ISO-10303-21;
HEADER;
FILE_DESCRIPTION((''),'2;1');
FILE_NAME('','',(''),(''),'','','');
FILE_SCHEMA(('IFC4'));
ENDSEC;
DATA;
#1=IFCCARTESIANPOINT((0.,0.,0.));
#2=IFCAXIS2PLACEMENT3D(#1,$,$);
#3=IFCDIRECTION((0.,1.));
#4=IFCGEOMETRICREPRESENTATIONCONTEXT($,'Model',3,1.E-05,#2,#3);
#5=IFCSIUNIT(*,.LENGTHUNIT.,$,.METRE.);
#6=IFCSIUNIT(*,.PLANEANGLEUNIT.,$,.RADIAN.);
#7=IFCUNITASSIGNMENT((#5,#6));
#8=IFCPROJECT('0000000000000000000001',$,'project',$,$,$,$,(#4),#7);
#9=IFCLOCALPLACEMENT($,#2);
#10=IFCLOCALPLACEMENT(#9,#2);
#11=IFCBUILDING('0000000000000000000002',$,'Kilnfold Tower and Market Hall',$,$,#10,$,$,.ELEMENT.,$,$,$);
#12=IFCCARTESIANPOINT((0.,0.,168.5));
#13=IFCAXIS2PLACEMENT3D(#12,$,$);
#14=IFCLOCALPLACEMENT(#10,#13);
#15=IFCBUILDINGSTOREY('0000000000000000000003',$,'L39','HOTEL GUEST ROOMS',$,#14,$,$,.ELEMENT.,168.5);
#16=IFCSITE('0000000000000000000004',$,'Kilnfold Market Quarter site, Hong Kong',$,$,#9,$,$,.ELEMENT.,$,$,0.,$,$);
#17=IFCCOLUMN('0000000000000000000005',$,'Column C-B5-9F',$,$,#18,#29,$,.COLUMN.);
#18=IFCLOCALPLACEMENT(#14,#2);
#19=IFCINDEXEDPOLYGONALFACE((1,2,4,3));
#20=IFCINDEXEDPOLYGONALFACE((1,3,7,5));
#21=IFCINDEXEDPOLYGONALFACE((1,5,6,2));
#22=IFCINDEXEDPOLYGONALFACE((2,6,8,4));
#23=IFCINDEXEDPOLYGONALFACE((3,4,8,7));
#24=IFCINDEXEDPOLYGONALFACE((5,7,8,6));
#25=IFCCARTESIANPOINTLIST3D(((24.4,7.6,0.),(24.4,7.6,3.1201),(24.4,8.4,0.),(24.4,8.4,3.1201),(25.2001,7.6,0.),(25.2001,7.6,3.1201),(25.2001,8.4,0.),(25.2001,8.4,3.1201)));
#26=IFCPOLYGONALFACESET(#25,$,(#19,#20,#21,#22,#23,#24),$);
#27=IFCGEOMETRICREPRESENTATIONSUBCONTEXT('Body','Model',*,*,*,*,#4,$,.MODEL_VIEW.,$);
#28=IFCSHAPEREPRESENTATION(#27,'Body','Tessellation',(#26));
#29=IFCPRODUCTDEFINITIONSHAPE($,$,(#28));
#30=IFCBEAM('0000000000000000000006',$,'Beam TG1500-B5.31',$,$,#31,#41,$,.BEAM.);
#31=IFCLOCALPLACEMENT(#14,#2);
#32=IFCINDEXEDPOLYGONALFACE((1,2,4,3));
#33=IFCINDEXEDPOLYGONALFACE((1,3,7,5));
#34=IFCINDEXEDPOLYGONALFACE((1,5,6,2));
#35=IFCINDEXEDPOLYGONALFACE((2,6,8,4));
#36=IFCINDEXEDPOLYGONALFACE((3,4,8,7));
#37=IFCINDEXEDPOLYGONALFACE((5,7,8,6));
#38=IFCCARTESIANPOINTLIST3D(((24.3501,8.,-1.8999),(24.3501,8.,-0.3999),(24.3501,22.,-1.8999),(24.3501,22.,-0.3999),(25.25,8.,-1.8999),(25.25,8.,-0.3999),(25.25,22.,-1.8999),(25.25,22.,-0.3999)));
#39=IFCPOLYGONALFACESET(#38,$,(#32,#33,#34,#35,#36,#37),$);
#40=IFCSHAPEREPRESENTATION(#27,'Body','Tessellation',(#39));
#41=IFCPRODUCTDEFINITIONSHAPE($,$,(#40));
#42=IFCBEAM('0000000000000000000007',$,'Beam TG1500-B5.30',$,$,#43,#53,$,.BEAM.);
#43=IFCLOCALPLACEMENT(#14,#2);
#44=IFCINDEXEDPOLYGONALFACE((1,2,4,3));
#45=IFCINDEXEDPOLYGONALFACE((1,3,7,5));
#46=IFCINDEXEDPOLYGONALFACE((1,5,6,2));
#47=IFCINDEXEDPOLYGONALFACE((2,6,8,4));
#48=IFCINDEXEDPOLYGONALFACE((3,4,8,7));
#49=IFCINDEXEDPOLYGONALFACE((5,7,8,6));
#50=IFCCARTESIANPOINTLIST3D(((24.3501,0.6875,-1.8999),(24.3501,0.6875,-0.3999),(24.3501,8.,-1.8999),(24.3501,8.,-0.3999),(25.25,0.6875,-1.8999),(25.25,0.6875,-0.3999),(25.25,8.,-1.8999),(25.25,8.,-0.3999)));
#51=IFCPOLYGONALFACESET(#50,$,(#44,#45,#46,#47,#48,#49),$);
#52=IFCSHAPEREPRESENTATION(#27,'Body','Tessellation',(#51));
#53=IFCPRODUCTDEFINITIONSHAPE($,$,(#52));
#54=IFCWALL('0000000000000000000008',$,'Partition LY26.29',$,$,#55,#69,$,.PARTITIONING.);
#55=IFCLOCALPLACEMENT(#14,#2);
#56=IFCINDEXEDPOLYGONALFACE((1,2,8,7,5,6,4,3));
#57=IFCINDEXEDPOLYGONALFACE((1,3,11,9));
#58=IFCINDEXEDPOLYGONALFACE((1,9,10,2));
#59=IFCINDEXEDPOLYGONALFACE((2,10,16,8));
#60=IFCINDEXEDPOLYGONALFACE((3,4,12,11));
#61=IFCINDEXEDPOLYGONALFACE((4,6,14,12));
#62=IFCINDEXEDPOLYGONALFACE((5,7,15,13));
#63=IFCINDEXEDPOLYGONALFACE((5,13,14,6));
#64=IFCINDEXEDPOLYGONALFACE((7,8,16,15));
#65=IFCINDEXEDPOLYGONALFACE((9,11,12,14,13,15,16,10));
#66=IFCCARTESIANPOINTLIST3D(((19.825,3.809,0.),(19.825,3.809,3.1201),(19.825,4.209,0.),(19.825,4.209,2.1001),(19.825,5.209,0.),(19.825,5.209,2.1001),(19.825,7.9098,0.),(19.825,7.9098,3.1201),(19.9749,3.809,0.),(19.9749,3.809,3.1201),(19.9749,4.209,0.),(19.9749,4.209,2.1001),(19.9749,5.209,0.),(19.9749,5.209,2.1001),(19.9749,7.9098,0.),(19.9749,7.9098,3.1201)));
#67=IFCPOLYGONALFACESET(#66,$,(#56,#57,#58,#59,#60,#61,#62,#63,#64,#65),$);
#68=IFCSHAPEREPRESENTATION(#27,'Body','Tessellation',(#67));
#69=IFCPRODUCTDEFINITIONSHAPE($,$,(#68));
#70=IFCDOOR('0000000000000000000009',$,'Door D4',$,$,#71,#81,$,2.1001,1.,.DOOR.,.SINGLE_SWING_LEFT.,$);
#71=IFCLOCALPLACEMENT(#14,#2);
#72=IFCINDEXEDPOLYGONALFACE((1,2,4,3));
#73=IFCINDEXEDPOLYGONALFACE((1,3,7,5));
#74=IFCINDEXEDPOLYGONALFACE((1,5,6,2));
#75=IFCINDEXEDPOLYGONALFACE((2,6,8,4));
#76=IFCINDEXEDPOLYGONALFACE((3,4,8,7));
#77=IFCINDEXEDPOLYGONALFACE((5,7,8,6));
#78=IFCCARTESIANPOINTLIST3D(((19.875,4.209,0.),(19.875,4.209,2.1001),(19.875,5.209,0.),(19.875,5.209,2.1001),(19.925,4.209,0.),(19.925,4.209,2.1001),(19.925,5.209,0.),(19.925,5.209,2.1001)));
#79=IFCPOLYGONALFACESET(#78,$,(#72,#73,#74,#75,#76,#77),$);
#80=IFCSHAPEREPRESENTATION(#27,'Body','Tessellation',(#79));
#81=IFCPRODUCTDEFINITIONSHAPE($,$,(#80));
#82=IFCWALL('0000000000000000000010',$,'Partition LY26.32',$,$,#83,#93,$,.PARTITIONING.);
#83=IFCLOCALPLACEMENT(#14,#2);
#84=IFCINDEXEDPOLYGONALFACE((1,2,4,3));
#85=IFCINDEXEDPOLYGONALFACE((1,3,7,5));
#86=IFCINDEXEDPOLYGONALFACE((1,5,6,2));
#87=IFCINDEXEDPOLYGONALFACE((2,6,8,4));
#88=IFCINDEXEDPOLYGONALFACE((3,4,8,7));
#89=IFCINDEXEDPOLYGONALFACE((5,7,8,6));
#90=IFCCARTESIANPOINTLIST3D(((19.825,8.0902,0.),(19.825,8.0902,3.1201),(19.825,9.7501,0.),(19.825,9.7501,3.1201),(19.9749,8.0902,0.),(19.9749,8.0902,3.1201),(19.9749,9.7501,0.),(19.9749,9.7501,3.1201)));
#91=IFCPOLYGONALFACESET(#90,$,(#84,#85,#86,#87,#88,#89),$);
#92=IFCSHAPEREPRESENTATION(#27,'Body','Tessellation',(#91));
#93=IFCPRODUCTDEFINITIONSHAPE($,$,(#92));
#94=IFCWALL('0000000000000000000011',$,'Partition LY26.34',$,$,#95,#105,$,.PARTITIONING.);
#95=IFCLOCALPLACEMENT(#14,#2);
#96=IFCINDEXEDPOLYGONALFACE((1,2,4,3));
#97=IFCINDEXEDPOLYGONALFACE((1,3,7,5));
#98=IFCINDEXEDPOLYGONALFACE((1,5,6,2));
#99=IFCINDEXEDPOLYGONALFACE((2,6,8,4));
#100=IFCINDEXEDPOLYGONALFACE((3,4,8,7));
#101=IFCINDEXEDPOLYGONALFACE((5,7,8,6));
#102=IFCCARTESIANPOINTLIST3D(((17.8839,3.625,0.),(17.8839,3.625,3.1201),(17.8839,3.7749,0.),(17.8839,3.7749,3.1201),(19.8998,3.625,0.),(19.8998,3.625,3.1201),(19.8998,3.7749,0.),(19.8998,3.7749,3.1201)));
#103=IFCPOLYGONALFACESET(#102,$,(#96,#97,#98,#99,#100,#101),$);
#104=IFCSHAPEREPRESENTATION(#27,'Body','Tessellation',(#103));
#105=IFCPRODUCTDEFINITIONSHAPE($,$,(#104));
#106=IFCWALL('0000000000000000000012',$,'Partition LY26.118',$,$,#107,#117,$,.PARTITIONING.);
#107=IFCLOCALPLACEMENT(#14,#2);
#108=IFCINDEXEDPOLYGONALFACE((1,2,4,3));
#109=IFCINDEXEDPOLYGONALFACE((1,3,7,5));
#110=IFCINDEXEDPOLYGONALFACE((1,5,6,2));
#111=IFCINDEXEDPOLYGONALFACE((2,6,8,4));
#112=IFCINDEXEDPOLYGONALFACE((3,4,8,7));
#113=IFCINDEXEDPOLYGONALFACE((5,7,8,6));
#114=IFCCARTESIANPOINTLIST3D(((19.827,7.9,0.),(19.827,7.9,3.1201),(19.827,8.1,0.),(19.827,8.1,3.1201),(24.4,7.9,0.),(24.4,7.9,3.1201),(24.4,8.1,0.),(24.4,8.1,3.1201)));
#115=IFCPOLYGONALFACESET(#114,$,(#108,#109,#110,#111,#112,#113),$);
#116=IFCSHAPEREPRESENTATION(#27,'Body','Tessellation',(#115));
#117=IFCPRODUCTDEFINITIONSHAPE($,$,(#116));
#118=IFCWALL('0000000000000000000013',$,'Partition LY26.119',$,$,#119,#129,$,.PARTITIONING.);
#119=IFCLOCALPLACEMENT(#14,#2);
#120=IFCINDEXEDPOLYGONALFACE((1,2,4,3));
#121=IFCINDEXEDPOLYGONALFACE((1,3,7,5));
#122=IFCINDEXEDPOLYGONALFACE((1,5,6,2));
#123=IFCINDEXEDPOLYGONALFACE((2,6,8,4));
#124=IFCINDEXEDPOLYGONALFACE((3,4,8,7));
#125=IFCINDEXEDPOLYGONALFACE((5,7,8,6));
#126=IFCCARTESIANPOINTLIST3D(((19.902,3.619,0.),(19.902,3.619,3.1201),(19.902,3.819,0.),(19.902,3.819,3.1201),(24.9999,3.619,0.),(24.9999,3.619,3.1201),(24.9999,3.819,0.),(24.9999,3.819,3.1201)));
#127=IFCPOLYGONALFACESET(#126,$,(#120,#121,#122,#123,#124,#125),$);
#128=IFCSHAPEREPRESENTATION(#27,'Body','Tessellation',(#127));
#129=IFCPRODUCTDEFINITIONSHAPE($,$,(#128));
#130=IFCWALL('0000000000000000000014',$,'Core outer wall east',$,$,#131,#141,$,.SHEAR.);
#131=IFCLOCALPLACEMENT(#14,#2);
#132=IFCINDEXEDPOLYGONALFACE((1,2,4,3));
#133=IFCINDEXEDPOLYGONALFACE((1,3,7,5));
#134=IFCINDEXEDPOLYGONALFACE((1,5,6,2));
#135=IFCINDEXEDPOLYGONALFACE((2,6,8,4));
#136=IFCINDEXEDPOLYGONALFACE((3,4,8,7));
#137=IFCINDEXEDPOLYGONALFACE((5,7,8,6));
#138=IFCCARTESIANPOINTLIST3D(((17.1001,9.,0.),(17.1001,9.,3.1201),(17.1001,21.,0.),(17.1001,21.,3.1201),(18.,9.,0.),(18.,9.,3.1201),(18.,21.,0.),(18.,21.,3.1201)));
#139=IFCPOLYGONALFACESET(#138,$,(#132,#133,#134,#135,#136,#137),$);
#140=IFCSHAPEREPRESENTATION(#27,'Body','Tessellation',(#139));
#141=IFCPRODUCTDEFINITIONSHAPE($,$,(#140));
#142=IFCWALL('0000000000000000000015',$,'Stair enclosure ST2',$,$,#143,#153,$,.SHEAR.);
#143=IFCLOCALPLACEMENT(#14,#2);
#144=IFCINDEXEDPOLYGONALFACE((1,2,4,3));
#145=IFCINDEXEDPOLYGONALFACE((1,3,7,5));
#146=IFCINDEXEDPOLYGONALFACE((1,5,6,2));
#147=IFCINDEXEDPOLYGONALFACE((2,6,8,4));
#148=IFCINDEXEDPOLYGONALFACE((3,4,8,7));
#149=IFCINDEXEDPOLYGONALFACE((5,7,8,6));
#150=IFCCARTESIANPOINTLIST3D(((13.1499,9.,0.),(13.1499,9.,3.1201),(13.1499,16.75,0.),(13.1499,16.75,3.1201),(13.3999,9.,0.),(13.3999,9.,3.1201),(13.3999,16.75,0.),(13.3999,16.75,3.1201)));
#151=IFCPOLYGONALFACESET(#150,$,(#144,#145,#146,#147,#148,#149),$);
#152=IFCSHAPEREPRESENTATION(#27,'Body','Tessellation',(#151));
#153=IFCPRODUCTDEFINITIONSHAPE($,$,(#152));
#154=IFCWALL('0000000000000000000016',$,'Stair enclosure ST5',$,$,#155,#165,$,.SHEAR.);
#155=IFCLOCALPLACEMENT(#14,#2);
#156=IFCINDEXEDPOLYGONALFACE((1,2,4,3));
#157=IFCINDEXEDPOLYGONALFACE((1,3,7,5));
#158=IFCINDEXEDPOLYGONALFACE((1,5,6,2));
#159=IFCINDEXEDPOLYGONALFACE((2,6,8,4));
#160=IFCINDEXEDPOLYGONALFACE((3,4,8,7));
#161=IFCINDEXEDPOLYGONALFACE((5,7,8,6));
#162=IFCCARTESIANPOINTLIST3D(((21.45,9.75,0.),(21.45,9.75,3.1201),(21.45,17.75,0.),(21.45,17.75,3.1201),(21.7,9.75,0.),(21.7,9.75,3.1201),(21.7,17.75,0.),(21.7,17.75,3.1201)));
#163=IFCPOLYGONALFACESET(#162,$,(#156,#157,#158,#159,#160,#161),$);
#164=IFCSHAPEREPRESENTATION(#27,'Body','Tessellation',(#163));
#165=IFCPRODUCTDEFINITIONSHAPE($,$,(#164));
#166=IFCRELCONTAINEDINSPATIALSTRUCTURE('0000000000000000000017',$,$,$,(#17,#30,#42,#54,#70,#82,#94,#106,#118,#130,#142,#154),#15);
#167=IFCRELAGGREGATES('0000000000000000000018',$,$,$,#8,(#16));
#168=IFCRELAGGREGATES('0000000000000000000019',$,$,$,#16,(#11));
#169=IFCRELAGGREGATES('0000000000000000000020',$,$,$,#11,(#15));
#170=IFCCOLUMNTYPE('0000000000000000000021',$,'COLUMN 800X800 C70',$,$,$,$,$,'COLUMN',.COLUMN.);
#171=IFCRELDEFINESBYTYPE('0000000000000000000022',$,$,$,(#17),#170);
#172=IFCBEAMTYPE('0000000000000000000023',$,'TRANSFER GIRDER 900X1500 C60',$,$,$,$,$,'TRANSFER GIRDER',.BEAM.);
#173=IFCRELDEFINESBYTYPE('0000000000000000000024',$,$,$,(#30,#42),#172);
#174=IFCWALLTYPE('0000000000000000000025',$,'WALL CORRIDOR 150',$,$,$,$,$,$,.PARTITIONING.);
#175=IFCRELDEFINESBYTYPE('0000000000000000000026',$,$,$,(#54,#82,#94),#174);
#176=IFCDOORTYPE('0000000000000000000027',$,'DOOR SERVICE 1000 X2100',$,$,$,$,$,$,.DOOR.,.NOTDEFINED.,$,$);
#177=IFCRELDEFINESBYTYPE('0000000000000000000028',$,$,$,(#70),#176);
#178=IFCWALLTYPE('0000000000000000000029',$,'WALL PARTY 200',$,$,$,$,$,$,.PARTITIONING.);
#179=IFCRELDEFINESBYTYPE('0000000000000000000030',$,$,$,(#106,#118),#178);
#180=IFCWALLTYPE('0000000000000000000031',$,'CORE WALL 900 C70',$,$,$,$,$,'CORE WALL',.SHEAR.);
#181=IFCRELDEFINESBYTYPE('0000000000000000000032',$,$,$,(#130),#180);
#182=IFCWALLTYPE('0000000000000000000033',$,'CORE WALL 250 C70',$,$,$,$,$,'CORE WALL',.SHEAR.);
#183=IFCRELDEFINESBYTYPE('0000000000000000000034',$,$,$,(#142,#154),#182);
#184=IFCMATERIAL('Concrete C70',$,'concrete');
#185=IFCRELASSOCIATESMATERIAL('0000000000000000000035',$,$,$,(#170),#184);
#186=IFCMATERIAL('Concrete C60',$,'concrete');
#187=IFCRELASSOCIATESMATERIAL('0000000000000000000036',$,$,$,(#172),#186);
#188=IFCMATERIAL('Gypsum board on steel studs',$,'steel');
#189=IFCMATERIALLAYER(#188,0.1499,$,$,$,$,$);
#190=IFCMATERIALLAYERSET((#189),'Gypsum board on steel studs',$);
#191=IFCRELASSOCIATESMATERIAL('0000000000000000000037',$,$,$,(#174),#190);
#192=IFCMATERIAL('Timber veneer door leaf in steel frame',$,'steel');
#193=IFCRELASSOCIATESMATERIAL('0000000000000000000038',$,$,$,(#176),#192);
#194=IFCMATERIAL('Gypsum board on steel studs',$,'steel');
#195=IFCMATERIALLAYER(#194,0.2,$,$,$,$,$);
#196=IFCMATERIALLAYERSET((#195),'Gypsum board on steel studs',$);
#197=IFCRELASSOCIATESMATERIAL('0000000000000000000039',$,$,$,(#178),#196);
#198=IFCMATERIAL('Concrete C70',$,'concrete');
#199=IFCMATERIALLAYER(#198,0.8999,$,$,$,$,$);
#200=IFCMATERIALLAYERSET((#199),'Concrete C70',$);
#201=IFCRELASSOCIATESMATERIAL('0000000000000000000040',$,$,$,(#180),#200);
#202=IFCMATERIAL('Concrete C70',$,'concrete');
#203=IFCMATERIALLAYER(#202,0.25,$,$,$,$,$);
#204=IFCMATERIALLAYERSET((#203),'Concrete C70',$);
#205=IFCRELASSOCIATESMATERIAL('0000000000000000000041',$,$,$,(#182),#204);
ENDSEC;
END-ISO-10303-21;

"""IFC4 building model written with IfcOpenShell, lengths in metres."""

from ifc_helpers import new_model, si_unit, direction, frame, frame_2d, origin, origin_2d, place, context, subcontext, project, spatial, rectangle, extrude, source, transform, mapped, material, layer, layer_set, material_profile, profile_set, type_object, element, fill, save


model = new_model("IFC4")

# Units and contexts
model_context = context("Model", 3, precision=1e-05, world=origin(), true_north=direction((0.0, 1.0)))
body_context = subcontext(model_context, "Body", "Model", "MODEL_VIEW")
ifc_project = project(units=[si_unit("LENGTHUNIT", "METRE"), si_unit("PLANEANGLEUNIT", "RADIAN")], contexts=[model_context])

# Site, building, storey
site_placement = place(None, origin())
site = spatial("IfcSite", under=ifc_project, at=site_placement, Name="Kilnfold Market Quarter site, Hong Kong", CompositionType="ELEMENT", RefElevation=0.0)
building_placement = place(site_placement, origin())
building = spatial("IfcBuilding", under=site, at=building_placement, Name="Kilnfold Tower and Market Hall", CompositionType="ELEMENT")
storey_placement = place(building_placement, frame((0.0, 0.0, 168.5)))
storey = spatial("IfcBuildingStorey", under=building, at=storey_placement, Name="L39", Description="HOTEL GUEST ROOMS", CompositionType="ELEMENT", Elevation=168.5)

# Column
ifc_material_1 = material(Name="Concrete C70", Category="concrete")
ifc_material_profile_1 = material_profile(ifc_material_1, rectangle(XDim=0.8, YDim=0.8, at=origin_2d()), Name="RC 800x800")
ifc_profile_set_1 = profile_set([ifc_material_profile_1], Name="Concrete C70")
column_type = type_object("IfcColumnType", Name="COLUMN 800X800 C70", ElementType="COLUMN", PredefinedType="COLUMN", material=ifc_profile_set_1)
shared_shape_1 = source(origin(), body_context, "Body", "SweptSolid", [
    extrude(rectangle(XDim=0.8, YDim=0.8, at=origin_2d()), origin(), (0.0, 0.0, 1.0), 3.1201),
])
column_placement = place(storey_placement, frame((24.8, 8.0, 0.0), z_axis=(0.0, 0.0, 1.0), x_axis=(1.0, 0.0, 0.0)))
element("IfcColumn", 1, at=column_placement, inside=storey, type_object=column_type, Name="Column C-B5-9F", PredefinedType="COLUMN", context=body_context, shape_type="MappedRepresentation", body=[
    mapped(shared_shape_1, transform((0.0, 0.0, 0.0))),
])

# Beams
ifc_material_2 = material(Name="Concrete C60", Category="concrete")
ifc_material_profile_2 = material_profile(ifc_material_2, rectangle(XDim=0.8999, YDim=1.5, at=origin_2d()), Name="RC 900x1500")
ifc_profile_set_2 = profile_set([ifc_material_profile_2], Name="Concrete C60")
beam_type = type_object("IfcBeamType", Name="TRANSFER GIRDER 900X1500 C60", ElementType="TRANSFER GIRDER", PredefinedType="BEAM", material=ifc_profile_set_2)
shared_shape_2 = source(origin(), body_context, "Body", "SweptSolid", [
    extrude(rectangle(XDim=0.8999, YDim=1.5, at=origin_2d()), origin(), (0.0, 0.0, 1.0), 14.0),
])
beam_1_placement = place(storey_placement, frame((24.8, 8.0, -1.1499), z_axis=(0.0, 1.0, 0.0), x_axis=(-1.0, 0.0, 0.0)))
element("IfcBeam", 2, at=beam_1_placement, inside=storey, type_object=beam_type, Name="Beam TG1500-B5.31", PredefinedType="BEAM", context=body_context, shape_type="MappedRepresentation", body=[
    mapped(shared_shape_2, transform((0.0, 0.0, 0.0))),
])
shared_shape_3 = source(origin(), body_context, "Body", "SweptSolid", [
    extrude(rectangle(XDim=0.8999, YDim=1.5, at=origin_2d()), origin(), (0.0, 0.0, 1.0), 7.3125),
])
beam_2_placement = place(storey_placement, frame((24.8, 0.6875, -1.1499), z_axis=(0.0, 1.0, 0.0), x_axis=(-1.0, 0.0, 0.0)))
element("IfcBeam", 3, at=beam_2_placement, inside=storey, type_object=beam_type, Name="Beam TG1500-B5.30", PredefinedType="BEAM", context=body_context, shape_type="MappedRepresentation", body=[
    mapped(shared_shape_3, transform((0.0, 0.0, 0.0))),
])

# Wall, opening, door
ifc_material_3 = material(Name="Gypsum board on steel studs", Category="steel")
ifc_layer_1 = layer(ifc_material_3, 0.1499)
ifc_layer_set_1 = layer_set([ifc_layer_1], Name="Gypsum board on steel studs")
wall_type_1 = type_object("IfcWallType", Name="WALL CORRIDOR 150", PredefinedType="PARTITIONING", material=ifc_layer_set_1)
wall_1_placement = place(storey_placement, frame((19.8999, 3.8091, 0.0), z_axis=(0.0, 0.0, 1.0), x_axis=(0.0, 1.0, 0.0)))
wall_1 = element("IfcWall", 4, at=wall_1_placement, inside=storey, type_object=wall_type_1, Name="Partition LY26.29", PredefinedType="PARTITIONING", context=body_context, shape_type="SweptSolid", body=[
    extrude(rectangle(XDim=4.1008, YDim=0.1499, at=frame_2d((2.0503, 0.0))), origin(), (0.0, 0.0, 1.0), 3.1201),
])
opening_1_placement = place(wall_1_placement, frame((0.3999, 0.0, 0.0)))
opening_1 = element("IfcOpeningElement", 5, at=opening_1_placement, cuts=wall_1, PredefinedType="OPENING", context=body_context, shape_type="SweptSolid", body=[
    extrude(rectangle(XDim=1.0, YDim=2.1001, at=frame_2d((0.5, 1.05))), frame((0.0, 0.085, 0.0), z_axis=(0.0, -1.0, 0.0), x_axis=(1.0, 0.0, 0.0)), (0.0, 0.0, 1.0), 0.1699),
])
ifc_material_4 = material(Name="Timber veneer door leaf in steel frame", Category="steel")
door_type_1 = type_object("IfcDoorType", Name="DOOR SERVICE 1000 X2100", OperationType="NOTDEFINED", PredefinedType="DOOR", material=ifc_material_4)
door_1_placement = place(opening_1_placement, origin())
door_1 = element("IfcDoor", 6, at=door_1_placement, inside=storey, type_object=door_type_1, Name="Door D4", OperationType="SINGLE_SWING_LEFT", OverallHeight=2.1001, OverallWidth=1.0, PredefinedType="DOOR", context=body_context, shape_type="SweptSolid", body=[
    extrude(rectangle(XDim=1.0, YDim=2.1001, at=frame_2d((0.5, 1.05))), frame((0.0, 0.0249, 0.0), z_axis=(0.0, -1.0, 0.0), x_axis=(1.0, 0.0, 0.0)), (0.0, 0.0, 1.0), 0.05),
])
fill(opening_1, door_1)

# Walls
wall_2_placement = place(storey_placement, frame((19.8999, 8.0901, 0.0), z_axis=(0.0, 0.0, 1.0), x_axis=(0.0, 1.0, 0.0)))
element("IfcWall", 7, at=wall_2_placement, inside=storey, type_object=wall_type_1, Name="Partition LY26.32", PredefinedType="PARTITIONING", context=body_context, shape_type="SweptSolid", body=[
    extrude(rectangle(XDim=1.6599, YDim=0.1499, at=frame_2d((0.8301, 0.0))), origin(), (0.0, 0.0, 1.0), 3.1201),
])
wall_3_placement = place(storey_placement, frame((17.884, 3.7, 0.0), z_axis=(0.0, 0.0, 1.0), x_axis=(1.0, 0.0, 0.0)))
element("IfcWall", 8, at=wall_3_placement, inside=storey, type_object=wall_type_1, Name="Partition LY26.34", PredefinedType="PARTITIONING", context=body_context, shape_type="SweptSolid", body=[
    extrude(rectangle(XDim=2.0159, YDim=0.1499, at=frame_2d((1.0078, 0.0))), origin(), (0.0, 0.0, 1.0), 3.1201),
])
ifc_material_5 = material(Name="Gypsum board on steel studs", Category="steel")
ifc_layer_2 = layer(ifc_material_5, 0.2)
ifc_layer_set_2 = layer_set([ifc_layer_2], Name="Gypsum board on steel studs")
wall_type_2 = type_object("IfcWallType", Name="WALL PARTY 200", PredefinedType="PARTITIONING", material=ifc_layer_set_2)
wall_4_placement = place(storey_placement, frame((19.8269, 8.0, 0.0), z_axis=(0.0, 0.0, 1.0), x_axis=(1.0, 0.0, 0.0)))
element("IfcWall", 9, at=wall_4_placement, inside=storey, type_object=wall_type_2, Name="Partition LY26.118", PredefinedType="PARTITIONING", context=body_context, shape_type="SweptSolid", body=[
    extrude(rectangle(XDim=4.573, YDim=0.2, at=frame_2d((2.2866, 0.0))), origin(), (0.0, 0.0, 1.0), 3.1201),
])
wall_5_placement = place(storey_placement, frame((19.9021, 3.719, 0.0), z_axis=(0.0, 0.0, 1.0), x_axis=(1.0, 0.0, 0.0)))
element("IfcWall", 10, at=wall_5_placement, inside=storey, type_object=wall_type_2, Name="Partition LY26.119", PredefinedType="PARTITIONING", context=body_context, shape_type="SweptSolid", body=[
    extrude(rectangle(XDim=5.0979, YDim=0.2, at=frame_2d((2.5488, 0.0))), origin(), (0.0, 0.0, 1.0), 3.1201),
])
ifc_material_6 = material(Name="Concrete C70", Category="concrete")
ifc_layer_3 = layer(ifc_material_6, 0.8999)
ifc_layer_set_3 = layer_set([ifc_layer_3], Name="Concrete C70")
wall_type_3 = type_object("IfcWallType", Name="CORE WALL 900 C70", ElementType="CORE WALL", PredefinedType="SHEAR", material=ifc_layer_set_3)
shared_shape_4 = source(origin(), body_context, "Body", "SweptSolid", [
    extrude(rectangle(XDim=12.0, YDim=0.8999, at=frame_2d((6.0, 0.0))), origin(), (0.0, 0.0, 1.0), 3.1201),
])
wall_6_placement = place(storey_placement, frame((17.55, 9.0, 0.0), z_axis=(0.0, 0.0, 1.0), x_axis=(0.0, 1.0, 0.0)))
element("IfcWall", 11, at=wall_6_placement, inside=storey, type_object=wall_type_3, Name="Core outer wall east", PredefinedType="SHEAR", context=body_context, shape_type="MappedRepresentation", body=[
    mapped(shared_shape_4, transform((0.0, 0.0, 0.0))),
])
ifc_material_7 = material(Name="Concrete C70", Category="concrete")
ifc_layer_4 = layer(ifc_material_7, 0.25)
ifc_layer_set_4 = layer_set([ifc_layer_4], Name="Concrete C70")
wall_type_4 = type_object("IfcWallType", Name="CORE WALL 250 C70", ElementType="CORE WALL", PredefinedType="SHEAR", material=ifc_layer_set_4)
shared_shape_5 = source(origin(), body_context, "Body", "SweptSolid", [
    extrude(rectangle(XDim=7.75, YDim=0.25, at=frame_2d((3.875, 0.0))), origin(), (0.0, 0.0, 1.0), 3.1201),
])
wall_7_placement = place(storey_placement, frame((13.2749, 9.0, 0.0), z_axis=(0.0, 0.0, 1.0), x_axis=(0.0, 1.0, 0.0)))
element("IfcWall", 12, at=wall_7_placement, inside=storey, type_object=wall_type_4, Name="Stair enclosure ST2", PredefinedType="SHEAR", context=body_context, shape_type="MappedRepresentation", body=[
    mapped(shared_shape_5, transform((0.0, 0.0, 0.0))),
])
shared_shape_6 = source(origin(), body_context, "Body", "SweptSolid", [
    extrude(rectangle(XDim=8.0, YDim=0.25, at=frame_2d((4.0, 0.0))), origin(), (0.0, 0.0, 1.0), 3.1201),
])
wall_8_placement = place(storey_placement, frame((21.575, 9.75, 0.0), z_axis=(0.0, 0.0, 1.0), x_axis=(0.0, 1.0, 0.0)))
element("IfcWall", 13, at=wall_8_placement, inside=storey, type_object=wall_type_4, Name="Stair enclosure ST5", PredefinedType="SHEAR", context=body_context, shape_type="MappedRepresentation", body=[
    mapped(shared_shape_6, transform((0.0, 0.0, 0.0))),
])

save(model, "model.ifc")
